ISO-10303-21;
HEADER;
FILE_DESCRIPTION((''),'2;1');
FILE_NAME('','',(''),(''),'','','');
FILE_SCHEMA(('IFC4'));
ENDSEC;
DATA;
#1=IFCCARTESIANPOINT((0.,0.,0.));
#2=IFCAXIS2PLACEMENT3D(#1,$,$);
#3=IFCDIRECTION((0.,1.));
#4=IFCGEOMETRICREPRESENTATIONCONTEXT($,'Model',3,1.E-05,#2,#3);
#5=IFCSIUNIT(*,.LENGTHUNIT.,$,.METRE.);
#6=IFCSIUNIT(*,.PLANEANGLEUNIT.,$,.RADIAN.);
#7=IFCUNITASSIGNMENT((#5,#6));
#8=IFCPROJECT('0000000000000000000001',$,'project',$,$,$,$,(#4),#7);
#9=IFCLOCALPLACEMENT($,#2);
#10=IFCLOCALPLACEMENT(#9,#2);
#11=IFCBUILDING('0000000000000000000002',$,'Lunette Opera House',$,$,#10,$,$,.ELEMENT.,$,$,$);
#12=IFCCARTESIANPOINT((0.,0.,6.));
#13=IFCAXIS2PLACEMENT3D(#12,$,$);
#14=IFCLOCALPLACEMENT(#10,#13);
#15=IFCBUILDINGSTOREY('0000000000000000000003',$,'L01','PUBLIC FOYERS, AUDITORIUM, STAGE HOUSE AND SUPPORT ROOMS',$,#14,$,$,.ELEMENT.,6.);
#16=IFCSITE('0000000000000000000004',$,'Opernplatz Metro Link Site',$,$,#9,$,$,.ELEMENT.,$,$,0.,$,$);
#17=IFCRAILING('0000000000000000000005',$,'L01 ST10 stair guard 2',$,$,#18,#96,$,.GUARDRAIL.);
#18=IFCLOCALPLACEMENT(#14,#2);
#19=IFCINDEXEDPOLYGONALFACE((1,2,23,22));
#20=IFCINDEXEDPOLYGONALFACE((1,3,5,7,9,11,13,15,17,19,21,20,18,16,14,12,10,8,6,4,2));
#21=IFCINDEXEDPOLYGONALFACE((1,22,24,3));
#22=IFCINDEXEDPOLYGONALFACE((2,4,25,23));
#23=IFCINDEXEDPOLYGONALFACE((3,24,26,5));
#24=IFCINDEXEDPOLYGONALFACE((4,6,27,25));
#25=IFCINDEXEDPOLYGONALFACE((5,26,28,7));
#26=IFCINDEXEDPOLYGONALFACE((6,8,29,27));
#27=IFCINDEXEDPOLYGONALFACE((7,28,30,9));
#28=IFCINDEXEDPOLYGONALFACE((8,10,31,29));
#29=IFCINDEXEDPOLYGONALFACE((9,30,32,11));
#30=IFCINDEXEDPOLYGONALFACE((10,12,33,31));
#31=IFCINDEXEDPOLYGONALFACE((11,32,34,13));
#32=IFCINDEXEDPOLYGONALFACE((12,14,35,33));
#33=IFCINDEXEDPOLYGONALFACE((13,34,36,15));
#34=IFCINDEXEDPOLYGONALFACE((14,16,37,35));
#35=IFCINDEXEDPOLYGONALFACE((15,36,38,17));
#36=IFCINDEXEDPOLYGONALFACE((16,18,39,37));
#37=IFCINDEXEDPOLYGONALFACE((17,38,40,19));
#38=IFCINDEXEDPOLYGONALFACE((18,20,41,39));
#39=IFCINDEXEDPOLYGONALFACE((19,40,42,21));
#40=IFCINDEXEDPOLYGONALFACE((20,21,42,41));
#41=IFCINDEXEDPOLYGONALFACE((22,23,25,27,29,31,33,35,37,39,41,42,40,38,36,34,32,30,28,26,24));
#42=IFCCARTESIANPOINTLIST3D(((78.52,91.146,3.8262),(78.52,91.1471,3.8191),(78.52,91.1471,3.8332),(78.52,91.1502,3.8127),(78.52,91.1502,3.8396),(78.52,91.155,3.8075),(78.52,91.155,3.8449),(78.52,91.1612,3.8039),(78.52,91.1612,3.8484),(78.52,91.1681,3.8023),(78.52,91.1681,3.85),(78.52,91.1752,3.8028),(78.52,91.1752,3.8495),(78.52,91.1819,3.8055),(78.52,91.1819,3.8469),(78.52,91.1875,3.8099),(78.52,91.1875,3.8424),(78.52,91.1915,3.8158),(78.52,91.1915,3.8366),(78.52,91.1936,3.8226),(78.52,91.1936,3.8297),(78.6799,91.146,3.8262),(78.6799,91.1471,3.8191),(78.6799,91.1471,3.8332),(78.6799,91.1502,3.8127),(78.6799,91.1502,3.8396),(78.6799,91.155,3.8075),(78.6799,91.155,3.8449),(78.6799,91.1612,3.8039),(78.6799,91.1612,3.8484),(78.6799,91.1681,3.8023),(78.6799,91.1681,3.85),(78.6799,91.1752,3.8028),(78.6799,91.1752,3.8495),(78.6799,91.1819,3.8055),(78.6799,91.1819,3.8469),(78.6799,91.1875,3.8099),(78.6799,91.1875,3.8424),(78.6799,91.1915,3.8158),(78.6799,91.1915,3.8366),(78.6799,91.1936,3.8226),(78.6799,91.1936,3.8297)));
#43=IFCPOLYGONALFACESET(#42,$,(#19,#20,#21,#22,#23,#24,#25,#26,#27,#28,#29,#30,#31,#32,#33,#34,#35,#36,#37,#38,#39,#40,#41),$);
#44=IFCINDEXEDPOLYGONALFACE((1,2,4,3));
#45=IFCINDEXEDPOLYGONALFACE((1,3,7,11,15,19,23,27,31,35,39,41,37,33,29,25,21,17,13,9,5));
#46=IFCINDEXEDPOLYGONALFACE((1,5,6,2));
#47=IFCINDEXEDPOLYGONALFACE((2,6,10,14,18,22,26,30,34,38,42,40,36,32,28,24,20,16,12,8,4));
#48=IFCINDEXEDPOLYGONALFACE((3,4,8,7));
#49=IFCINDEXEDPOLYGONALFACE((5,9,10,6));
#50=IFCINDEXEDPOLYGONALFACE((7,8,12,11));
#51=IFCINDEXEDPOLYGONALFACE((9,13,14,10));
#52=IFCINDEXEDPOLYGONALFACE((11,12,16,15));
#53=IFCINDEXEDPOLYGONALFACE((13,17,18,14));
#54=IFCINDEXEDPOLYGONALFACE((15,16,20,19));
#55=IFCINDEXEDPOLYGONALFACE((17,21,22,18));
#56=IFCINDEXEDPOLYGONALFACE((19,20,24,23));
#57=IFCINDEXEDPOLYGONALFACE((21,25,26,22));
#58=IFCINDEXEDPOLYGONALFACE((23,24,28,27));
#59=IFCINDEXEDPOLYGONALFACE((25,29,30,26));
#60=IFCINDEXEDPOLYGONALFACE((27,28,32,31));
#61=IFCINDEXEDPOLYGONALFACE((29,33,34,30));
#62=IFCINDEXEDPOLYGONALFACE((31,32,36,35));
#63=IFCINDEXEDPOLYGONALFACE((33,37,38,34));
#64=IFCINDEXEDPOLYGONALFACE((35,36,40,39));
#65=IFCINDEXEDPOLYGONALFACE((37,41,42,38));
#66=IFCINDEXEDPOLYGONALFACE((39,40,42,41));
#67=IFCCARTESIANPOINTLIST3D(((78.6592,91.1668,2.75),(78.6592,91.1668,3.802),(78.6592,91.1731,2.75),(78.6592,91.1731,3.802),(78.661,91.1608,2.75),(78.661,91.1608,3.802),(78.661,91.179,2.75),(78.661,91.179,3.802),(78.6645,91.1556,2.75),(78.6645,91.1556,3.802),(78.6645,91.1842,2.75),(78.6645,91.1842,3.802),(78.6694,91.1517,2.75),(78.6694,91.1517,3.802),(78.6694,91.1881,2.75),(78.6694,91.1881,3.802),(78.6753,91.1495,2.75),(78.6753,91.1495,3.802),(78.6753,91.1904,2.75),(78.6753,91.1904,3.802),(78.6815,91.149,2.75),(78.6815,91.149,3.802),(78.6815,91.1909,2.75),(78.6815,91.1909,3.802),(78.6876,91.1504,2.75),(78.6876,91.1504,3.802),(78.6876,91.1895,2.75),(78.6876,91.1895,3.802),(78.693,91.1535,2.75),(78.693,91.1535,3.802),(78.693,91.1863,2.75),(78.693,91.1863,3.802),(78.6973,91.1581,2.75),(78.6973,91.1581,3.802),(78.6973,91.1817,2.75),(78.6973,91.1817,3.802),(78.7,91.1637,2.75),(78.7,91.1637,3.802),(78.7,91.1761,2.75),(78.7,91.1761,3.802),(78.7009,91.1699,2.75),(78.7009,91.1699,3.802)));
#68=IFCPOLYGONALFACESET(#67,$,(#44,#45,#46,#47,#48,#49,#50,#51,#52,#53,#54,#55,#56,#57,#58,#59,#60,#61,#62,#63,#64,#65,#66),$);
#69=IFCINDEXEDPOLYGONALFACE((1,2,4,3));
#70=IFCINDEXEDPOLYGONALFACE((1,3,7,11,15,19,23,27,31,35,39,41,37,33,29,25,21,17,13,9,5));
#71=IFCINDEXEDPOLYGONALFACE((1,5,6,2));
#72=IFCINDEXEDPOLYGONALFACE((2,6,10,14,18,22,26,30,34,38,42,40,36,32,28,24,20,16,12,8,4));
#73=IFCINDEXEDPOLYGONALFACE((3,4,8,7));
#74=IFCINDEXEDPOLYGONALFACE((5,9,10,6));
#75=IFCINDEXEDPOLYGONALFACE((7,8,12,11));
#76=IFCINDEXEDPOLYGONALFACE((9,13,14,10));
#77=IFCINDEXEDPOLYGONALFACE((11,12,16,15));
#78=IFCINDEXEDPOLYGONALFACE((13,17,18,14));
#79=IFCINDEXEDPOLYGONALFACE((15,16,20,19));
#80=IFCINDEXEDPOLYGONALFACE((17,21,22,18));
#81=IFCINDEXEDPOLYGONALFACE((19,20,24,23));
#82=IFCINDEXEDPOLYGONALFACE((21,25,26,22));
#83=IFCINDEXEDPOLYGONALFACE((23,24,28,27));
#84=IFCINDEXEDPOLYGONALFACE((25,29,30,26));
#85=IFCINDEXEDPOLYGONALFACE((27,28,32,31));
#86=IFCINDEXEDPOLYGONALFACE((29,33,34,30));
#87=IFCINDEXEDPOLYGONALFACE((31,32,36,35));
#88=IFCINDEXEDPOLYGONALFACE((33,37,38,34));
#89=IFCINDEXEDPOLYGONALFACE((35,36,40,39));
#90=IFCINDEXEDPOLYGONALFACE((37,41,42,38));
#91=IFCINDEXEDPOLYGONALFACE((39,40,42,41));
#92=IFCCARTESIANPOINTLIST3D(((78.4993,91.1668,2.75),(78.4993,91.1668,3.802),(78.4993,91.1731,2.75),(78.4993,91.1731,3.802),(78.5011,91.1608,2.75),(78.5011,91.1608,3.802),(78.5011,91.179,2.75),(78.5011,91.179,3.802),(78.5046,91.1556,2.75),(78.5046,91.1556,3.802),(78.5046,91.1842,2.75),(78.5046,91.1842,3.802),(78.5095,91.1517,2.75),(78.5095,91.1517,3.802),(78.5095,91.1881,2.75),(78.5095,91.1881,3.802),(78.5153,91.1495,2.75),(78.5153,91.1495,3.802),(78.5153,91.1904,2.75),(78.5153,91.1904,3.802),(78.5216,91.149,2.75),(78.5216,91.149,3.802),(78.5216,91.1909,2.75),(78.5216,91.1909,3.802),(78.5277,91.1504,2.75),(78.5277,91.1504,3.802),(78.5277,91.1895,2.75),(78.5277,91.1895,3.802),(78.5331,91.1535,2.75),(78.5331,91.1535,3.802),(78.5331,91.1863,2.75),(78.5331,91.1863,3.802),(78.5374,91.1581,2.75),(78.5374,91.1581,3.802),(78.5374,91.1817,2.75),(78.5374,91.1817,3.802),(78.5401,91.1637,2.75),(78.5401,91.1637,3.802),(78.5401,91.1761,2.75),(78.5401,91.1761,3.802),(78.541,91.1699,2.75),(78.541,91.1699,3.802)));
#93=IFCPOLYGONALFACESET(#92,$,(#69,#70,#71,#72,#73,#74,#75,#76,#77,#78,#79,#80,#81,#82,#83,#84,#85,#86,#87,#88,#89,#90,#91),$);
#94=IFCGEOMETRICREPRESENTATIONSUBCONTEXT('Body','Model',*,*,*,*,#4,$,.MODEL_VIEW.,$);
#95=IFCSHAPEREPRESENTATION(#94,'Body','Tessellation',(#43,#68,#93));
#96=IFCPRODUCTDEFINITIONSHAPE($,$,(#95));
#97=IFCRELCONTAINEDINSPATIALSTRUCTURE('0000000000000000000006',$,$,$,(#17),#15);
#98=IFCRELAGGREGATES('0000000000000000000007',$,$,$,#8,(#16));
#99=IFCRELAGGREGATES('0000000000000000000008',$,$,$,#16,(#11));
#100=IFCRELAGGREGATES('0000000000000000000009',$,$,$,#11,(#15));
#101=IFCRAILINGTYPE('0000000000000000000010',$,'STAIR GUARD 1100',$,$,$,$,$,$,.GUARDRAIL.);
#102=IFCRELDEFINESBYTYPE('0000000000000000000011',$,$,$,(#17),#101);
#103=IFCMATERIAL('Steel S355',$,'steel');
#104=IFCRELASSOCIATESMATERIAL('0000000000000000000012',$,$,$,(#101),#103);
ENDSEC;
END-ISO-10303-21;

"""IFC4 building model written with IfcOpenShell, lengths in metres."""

from ifc_helpers import new_model, si_unit, direction, frame, origin, origin_2d, place, context, subcontext, project, spatial, circle, extrude, material, type_object, element, save


model = new_model("IFC4")

# Units and contexts
model_context = context("Model", 3, precision=1e-05, world=origin(), true_north=direction((0.0, 1.0)))
body_context = subcontext(model_context, "Body", "Model", "MODEL_VIEW")
ifc_project = project(units=[si_unit("LENGTHUNIT", "METRE"), si_unit("PLANEANGLEUNIT", "RADIAN")], contexts=[model_context])

# Site, building, storey
site_placement = place(None, origin())
site = spatial("IfcSite", under=ifc_project, at=site_placement, Name="Opernplatz Metro Link Site", CompositionType="ELEMENT", RefElevation=0.0)
building_placement = place(site_placement, origin())
building = spatial("IfcBuilding", under=site, at=building_placement, Name="Lunette Opera House", CompositionType="ELEMENT")
storey_placement = place(building_placement, frame((0.0, 0.0, 6.0)))
storey = spatial("IfcBuildingStorey", under=building, at=storey_placement, Name="L01", Description="PUBLIC FOYERS, AUDITORIUM, STAGE HOUSE AND SUPPORT ROOMS", CompositionType="ELEMENT", Elevation=6.0)

# Railing
ifc_material_1 = material(Name="Steel S355", Category="steel")
railing_type_1 = type_object("IfcRailingType", Name="STAIR GUARD 1100", PredefinedType="GUARDRAIL", material=ifc_material_1)
railing_1_placement = place(storey_placement, frame((78.6799, 91.1699, 2.75)))
element("IfcRailing", 1, at=railing_1_placement, inside=storey, type_object=railing_type_1, Name="L01 ST10 stair guard 2", PredefinedType="GUARDRAIL", context=body_context, shape_type="SweptSolid", body=[
    extrude(circle(Radius=0.0239, at=origin_2d()), frame((0.0, 0.0, 1.0762), z_axis=(-1.0, 0.0, 0.0), x_axis=(0.0, -1.0, 0.0)), (0.0, 0.0, 1.0), 0.1599),
    extrude(circle(Radius=0.021, at=origin_2d()), origin(), (0.0, 0.0, 1.0), 1.052),
    extrude(circle(Radius=0.021, at=origin_2d()), frame((-0.1599, 0.0, 0.0)), (0.0, 0.0, 1.0), 1.052),
])

save(model, "model.ifc")
